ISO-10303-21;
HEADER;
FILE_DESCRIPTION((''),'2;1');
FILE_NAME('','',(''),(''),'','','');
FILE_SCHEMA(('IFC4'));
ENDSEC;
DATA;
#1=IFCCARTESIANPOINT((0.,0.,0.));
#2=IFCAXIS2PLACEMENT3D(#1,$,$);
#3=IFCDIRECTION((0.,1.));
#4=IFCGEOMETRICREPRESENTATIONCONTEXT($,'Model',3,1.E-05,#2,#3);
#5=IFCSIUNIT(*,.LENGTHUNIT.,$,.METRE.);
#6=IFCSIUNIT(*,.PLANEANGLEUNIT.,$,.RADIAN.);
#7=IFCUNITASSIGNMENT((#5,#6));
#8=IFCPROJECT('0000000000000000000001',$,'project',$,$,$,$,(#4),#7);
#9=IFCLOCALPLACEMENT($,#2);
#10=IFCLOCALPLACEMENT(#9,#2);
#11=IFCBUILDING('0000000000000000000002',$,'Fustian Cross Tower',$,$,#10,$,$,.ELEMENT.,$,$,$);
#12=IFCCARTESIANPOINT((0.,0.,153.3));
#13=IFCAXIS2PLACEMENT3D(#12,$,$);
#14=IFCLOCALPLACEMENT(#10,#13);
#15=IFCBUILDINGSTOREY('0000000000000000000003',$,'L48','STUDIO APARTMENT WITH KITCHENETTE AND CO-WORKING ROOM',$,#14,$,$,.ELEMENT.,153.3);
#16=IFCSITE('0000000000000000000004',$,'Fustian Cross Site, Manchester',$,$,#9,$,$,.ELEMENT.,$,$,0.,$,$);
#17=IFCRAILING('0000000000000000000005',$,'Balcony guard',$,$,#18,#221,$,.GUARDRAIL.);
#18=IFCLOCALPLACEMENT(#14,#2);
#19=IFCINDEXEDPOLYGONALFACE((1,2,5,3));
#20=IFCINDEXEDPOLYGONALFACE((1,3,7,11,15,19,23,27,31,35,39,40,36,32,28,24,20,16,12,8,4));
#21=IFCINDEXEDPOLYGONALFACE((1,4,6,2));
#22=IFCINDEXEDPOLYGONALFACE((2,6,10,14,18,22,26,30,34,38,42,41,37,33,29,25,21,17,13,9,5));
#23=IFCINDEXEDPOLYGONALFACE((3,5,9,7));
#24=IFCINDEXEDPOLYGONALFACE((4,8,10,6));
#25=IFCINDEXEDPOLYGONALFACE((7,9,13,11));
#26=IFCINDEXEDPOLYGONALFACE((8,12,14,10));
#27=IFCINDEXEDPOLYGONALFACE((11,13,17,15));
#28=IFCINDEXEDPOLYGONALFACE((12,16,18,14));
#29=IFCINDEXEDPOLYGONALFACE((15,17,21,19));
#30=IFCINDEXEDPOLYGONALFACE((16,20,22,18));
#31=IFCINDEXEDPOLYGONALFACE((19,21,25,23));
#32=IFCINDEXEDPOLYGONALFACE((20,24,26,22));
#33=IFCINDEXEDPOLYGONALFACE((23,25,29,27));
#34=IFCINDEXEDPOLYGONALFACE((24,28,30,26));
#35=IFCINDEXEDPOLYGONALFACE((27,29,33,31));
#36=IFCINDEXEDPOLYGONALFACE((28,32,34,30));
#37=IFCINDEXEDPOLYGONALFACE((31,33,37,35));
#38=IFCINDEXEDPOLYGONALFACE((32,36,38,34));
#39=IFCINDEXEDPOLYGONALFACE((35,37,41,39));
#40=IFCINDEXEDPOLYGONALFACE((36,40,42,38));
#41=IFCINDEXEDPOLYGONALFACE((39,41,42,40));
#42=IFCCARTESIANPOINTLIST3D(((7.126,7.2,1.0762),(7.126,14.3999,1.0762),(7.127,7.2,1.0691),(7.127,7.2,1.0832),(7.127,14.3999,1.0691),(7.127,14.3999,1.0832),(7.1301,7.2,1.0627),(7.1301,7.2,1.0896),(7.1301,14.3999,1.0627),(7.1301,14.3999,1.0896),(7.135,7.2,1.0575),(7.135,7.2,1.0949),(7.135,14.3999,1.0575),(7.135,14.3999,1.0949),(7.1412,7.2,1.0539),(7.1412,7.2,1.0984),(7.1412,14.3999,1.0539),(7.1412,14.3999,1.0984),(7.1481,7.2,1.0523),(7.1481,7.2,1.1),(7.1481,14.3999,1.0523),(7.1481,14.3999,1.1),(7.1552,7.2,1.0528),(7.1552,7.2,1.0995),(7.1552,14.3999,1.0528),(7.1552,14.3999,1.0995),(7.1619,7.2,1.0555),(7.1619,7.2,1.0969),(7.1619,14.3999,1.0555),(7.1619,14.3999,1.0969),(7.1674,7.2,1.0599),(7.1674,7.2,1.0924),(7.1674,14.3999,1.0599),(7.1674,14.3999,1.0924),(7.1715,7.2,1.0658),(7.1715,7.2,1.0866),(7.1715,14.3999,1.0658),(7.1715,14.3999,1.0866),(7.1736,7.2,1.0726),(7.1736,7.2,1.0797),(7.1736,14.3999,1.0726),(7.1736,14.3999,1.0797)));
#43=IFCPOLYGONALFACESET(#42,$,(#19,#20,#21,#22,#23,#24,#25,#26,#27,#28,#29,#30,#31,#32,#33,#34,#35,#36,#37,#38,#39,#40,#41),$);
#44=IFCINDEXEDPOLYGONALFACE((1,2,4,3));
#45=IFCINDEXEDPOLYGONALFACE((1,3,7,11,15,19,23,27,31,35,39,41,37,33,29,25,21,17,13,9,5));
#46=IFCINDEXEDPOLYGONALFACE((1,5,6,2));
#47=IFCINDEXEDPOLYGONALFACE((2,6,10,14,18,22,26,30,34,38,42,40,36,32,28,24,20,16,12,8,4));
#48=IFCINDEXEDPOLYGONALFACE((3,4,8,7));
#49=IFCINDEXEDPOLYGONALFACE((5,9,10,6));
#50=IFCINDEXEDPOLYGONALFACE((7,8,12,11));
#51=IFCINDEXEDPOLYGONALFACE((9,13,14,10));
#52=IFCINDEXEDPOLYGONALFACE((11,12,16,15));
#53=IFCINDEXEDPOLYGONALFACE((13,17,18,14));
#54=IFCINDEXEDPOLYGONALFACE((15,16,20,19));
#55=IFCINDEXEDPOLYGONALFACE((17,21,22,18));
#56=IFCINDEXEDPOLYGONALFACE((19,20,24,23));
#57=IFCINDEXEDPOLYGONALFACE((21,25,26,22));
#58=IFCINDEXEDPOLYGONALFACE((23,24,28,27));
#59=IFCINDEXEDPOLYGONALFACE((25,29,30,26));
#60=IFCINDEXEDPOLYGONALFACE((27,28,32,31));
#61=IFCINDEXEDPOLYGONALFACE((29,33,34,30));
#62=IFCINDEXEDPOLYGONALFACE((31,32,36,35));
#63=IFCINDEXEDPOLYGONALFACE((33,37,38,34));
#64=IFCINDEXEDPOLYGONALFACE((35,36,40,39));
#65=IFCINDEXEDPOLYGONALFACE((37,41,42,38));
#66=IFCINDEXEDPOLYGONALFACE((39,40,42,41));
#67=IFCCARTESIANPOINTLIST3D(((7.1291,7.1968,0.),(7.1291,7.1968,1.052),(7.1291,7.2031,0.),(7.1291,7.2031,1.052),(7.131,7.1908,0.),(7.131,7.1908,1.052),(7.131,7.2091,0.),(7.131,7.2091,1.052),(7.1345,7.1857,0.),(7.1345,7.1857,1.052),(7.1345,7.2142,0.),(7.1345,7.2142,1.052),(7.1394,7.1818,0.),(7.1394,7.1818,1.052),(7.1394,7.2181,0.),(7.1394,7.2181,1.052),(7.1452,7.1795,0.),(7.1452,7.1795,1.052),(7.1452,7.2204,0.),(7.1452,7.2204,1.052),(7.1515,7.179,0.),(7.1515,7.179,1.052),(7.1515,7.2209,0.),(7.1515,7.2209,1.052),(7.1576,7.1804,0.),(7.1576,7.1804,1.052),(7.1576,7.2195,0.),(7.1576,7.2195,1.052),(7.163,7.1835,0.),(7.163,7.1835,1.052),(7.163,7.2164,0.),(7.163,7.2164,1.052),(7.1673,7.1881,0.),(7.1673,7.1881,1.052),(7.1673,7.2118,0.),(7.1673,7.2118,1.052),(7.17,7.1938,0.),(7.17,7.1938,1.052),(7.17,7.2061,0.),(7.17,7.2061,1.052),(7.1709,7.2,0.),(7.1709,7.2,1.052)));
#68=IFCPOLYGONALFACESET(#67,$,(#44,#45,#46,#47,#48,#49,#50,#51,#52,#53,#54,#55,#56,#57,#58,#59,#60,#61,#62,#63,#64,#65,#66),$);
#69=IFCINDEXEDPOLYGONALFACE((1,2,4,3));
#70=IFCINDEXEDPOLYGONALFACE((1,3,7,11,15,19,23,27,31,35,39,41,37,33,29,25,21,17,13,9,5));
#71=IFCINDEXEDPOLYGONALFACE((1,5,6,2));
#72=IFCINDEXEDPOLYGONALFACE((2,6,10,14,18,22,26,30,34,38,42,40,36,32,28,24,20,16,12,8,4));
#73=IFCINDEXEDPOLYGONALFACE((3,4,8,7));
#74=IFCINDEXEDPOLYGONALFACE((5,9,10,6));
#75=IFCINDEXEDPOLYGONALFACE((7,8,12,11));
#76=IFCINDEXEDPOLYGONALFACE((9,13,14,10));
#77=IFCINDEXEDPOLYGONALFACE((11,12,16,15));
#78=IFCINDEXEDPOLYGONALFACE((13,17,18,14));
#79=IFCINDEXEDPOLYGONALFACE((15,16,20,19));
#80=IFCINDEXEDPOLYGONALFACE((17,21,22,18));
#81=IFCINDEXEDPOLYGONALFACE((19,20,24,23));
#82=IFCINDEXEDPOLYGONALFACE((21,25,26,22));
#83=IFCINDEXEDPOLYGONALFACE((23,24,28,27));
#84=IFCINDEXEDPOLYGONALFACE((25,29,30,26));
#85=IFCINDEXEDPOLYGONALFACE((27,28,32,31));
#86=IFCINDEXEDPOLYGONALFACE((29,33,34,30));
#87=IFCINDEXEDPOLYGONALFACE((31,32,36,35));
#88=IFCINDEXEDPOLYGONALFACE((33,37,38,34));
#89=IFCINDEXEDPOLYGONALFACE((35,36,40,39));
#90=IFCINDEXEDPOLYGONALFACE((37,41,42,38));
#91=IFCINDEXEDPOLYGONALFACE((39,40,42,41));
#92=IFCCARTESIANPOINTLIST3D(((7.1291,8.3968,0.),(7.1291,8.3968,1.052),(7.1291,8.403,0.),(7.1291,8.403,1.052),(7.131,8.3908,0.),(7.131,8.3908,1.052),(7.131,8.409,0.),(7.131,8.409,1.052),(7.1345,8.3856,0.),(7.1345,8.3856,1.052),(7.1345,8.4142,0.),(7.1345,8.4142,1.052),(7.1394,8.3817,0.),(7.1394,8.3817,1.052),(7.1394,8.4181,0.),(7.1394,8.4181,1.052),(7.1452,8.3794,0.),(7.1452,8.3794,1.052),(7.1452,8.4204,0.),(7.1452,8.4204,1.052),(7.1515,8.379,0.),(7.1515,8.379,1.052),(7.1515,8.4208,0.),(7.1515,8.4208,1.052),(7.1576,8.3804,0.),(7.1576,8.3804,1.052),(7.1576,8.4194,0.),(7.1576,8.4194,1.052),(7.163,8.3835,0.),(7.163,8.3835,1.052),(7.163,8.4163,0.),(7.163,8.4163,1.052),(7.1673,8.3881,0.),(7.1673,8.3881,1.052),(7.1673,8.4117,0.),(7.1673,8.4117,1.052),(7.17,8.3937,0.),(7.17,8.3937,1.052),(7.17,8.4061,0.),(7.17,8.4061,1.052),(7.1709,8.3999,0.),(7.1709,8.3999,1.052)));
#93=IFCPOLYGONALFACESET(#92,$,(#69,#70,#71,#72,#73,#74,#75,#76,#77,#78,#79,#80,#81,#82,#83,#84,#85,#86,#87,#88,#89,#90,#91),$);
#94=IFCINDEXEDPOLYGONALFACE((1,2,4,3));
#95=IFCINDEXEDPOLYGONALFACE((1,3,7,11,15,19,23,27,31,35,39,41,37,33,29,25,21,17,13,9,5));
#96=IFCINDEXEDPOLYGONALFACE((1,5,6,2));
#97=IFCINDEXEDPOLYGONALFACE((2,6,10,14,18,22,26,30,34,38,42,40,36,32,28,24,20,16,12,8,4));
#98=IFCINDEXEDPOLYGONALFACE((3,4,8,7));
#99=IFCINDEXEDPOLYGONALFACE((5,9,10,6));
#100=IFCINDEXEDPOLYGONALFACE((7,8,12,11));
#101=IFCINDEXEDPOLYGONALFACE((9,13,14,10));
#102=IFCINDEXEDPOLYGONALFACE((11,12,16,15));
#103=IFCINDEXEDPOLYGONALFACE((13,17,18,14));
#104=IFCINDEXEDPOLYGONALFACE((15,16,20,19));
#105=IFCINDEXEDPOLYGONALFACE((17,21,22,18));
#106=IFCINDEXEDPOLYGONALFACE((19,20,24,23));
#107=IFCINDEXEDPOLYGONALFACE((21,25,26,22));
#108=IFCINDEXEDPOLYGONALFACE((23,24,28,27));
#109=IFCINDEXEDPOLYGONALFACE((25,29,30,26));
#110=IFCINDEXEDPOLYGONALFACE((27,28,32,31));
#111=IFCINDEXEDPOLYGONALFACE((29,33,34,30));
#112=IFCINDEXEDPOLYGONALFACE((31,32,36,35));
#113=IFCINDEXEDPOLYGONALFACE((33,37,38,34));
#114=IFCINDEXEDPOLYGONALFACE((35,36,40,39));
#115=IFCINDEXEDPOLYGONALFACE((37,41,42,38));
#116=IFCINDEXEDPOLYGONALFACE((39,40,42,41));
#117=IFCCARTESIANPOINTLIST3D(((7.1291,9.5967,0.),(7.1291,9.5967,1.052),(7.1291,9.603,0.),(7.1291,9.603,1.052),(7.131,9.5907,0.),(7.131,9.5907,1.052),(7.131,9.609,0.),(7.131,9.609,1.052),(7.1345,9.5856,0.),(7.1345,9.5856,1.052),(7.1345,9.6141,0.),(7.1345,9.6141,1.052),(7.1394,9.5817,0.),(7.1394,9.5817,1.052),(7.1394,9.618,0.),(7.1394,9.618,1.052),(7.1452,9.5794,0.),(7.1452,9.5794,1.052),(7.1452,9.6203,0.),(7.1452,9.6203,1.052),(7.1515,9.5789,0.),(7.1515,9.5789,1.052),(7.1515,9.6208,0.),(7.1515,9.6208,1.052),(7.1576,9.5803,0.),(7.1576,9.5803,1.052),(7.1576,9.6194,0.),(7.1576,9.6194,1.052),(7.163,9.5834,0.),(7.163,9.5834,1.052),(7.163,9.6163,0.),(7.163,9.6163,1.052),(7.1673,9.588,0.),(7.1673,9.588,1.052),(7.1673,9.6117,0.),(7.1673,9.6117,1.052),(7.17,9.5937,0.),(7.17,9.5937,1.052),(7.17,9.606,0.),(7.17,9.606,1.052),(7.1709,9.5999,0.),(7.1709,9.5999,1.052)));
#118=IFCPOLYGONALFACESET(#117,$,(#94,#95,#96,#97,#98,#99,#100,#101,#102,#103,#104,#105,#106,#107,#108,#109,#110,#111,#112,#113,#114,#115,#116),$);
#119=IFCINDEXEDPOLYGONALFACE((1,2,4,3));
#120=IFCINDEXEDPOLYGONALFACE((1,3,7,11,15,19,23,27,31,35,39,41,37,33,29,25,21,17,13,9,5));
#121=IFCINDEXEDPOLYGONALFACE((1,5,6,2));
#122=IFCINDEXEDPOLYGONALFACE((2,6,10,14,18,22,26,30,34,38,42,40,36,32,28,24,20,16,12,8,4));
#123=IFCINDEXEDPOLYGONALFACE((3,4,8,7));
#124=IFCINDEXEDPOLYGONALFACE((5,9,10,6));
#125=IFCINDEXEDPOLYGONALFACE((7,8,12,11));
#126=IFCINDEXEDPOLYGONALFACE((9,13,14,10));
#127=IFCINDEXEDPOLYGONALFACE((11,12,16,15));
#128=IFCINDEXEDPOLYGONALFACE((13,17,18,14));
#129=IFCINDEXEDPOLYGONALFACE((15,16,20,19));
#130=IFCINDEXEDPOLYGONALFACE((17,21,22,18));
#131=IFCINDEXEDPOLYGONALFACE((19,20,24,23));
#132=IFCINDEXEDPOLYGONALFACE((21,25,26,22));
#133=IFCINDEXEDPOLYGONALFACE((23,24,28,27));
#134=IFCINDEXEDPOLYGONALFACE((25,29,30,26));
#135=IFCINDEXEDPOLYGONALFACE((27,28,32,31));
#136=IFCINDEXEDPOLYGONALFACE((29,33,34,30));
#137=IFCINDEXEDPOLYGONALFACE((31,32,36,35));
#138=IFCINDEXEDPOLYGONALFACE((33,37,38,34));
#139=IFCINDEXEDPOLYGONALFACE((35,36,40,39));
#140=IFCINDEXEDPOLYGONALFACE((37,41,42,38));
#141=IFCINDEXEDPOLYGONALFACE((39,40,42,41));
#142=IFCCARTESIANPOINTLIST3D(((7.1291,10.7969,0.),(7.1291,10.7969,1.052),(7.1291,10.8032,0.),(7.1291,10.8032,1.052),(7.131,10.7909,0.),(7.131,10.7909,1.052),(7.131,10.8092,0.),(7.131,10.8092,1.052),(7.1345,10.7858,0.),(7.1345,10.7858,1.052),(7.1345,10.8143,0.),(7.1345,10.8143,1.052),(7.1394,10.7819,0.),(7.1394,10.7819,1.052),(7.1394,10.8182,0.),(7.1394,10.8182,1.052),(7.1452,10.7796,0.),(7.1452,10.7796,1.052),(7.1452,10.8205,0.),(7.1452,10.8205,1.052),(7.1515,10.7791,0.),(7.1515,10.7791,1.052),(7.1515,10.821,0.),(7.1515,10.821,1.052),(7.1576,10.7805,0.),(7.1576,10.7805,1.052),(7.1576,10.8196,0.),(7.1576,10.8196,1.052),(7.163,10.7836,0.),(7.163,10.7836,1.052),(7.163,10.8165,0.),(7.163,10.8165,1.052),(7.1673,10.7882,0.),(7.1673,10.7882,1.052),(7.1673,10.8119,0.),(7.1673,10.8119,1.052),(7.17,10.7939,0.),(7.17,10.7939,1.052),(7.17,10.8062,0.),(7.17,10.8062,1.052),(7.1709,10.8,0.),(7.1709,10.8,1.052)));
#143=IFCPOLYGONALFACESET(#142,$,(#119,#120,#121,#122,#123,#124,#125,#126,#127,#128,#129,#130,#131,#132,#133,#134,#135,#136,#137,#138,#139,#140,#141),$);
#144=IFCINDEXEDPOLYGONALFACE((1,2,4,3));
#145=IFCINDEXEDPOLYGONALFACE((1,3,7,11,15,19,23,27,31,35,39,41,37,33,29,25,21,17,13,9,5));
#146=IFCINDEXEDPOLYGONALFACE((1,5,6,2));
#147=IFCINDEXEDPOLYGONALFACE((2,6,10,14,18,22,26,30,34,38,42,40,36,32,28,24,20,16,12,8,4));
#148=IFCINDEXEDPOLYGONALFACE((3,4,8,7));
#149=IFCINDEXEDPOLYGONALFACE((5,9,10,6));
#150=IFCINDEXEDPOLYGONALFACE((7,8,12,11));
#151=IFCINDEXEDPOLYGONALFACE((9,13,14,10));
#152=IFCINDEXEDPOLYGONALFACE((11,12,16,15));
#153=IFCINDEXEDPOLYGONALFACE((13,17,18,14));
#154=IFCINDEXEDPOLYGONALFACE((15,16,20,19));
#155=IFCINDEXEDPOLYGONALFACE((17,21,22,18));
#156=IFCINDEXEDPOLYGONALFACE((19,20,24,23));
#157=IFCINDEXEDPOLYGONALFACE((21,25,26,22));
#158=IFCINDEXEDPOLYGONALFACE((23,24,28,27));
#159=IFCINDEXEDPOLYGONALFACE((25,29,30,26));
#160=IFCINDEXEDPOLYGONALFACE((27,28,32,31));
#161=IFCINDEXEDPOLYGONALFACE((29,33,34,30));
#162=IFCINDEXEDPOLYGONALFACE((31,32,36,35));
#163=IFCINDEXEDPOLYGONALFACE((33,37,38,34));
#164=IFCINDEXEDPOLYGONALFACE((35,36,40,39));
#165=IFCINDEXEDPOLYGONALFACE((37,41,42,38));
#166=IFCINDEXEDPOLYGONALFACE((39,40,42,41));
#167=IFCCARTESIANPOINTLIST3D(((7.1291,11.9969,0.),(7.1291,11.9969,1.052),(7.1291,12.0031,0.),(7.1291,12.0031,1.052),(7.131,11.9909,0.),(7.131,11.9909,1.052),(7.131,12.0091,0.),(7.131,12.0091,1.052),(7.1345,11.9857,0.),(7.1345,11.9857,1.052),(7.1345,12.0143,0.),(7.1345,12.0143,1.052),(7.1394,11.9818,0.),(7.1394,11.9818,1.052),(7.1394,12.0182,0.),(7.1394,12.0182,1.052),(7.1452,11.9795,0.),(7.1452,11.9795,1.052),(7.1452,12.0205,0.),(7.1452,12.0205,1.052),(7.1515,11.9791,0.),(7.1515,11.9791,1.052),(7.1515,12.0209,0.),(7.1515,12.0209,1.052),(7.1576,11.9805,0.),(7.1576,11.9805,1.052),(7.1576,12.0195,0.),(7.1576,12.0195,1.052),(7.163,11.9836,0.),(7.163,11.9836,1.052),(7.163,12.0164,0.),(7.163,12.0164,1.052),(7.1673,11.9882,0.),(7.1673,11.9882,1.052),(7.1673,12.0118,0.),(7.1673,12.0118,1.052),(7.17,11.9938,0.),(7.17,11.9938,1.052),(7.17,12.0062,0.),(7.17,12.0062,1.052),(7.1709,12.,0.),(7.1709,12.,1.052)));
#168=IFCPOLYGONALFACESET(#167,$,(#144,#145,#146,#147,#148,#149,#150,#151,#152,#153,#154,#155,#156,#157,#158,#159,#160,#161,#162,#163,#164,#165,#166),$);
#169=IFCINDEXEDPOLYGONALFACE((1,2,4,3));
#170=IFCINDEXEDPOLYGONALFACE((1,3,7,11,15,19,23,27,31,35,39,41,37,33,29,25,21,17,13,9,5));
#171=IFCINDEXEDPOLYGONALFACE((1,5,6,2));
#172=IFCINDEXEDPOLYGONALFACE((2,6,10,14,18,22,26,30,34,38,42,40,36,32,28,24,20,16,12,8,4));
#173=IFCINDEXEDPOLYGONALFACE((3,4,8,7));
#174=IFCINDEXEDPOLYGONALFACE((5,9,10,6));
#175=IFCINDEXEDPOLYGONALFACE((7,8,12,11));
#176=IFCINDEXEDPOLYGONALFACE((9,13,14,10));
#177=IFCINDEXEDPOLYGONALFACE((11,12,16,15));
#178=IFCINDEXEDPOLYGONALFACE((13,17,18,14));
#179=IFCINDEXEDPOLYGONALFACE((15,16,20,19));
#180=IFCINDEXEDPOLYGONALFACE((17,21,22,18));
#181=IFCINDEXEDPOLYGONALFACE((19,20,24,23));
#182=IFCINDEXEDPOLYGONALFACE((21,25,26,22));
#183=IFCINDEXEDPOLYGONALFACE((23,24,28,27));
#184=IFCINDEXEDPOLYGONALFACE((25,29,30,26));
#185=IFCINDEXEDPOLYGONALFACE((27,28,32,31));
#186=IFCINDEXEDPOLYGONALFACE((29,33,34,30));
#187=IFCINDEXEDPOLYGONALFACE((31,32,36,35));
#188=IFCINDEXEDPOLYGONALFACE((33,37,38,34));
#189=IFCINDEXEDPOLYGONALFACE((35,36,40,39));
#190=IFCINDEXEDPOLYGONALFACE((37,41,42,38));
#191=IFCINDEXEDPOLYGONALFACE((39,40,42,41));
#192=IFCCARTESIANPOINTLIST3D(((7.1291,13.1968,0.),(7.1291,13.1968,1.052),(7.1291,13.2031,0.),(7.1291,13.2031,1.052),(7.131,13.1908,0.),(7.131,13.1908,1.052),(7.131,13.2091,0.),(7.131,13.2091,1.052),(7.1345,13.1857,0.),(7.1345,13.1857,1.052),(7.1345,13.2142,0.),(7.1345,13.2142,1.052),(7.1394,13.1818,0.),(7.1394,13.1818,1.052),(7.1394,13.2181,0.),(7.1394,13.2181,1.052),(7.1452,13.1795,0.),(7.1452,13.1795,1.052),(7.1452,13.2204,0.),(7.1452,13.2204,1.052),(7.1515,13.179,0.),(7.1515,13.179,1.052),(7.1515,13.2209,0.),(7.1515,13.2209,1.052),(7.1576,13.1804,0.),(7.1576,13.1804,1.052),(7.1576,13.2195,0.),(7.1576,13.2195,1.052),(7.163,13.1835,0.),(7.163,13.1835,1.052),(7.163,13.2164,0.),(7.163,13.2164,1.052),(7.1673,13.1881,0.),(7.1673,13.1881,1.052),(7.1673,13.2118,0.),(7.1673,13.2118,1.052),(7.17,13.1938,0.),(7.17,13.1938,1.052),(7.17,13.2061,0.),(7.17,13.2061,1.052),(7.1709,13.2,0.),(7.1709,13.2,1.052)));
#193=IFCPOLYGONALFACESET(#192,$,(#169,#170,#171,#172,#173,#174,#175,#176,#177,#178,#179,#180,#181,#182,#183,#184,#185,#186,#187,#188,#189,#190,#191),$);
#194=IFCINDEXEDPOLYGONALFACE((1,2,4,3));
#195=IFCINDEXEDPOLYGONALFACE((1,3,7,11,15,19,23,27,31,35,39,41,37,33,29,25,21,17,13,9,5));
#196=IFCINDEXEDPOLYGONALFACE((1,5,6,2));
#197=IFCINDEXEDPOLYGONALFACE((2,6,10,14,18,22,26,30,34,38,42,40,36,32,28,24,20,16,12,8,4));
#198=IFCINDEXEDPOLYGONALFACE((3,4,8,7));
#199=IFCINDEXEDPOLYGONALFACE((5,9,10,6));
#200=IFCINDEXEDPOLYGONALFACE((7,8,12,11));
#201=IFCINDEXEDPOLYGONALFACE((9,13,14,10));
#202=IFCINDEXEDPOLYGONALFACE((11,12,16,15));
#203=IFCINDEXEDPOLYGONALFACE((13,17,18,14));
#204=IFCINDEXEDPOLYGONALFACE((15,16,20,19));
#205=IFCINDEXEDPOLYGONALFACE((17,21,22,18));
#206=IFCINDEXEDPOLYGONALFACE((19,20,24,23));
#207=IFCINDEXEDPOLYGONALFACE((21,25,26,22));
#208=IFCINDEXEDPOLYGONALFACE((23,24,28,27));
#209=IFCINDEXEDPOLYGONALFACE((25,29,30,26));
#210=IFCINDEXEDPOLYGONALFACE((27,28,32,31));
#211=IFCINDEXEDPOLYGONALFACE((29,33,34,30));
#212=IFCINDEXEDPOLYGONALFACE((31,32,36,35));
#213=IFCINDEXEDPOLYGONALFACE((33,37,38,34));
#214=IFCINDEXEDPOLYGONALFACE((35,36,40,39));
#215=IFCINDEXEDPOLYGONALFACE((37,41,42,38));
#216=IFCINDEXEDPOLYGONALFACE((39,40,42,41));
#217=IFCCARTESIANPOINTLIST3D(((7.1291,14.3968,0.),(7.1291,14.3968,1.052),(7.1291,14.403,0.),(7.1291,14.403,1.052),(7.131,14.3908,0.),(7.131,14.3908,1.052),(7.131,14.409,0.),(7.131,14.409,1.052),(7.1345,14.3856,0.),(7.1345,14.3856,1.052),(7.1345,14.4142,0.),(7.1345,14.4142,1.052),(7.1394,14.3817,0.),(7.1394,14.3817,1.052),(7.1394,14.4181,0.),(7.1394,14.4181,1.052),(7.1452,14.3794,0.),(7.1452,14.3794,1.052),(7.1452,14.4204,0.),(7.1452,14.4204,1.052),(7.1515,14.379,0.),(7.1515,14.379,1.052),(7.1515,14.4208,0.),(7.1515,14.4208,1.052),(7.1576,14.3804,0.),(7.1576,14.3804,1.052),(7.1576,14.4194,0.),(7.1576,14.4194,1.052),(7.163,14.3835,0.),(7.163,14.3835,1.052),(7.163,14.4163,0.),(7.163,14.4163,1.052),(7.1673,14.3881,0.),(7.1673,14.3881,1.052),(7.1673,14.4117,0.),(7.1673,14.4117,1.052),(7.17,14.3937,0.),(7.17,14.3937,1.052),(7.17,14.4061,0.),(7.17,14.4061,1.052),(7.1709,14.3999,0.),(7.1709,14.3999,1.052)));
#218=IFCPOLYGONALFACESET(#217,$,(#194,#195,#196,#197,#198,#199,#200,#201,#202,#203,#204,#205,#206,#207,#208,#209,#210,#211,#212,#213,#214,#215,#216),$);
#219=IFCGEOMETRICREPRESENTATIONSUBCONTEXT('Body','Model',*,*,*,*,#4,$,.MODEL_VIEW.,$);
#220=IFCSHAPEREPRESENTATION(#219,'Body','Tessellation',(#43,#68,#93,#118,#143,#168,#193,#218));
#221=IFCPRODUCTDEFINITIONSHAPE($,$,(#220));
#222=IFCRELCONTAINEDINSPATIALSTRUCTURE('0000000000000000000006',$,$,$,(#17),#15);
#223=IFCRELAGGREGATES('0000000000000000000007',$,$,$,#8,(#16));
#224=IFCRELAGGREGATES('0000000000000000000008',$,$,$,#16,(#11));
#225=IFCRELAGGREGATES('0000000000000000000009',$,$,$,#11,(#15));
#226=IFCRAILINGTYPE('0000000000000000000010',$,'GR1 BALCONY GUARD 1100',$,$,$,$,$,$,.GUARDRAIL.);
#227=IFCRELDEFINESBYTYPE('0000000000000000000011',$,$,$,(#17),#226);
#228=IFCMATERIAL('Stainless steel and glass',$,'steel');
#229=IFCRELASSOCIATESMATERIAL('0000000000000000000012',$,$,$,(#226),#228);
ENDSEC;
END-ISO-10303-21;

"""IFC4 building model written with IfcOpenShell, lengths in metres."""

from ifc_helpers import new_model, si_unit, direction, frame, origin, origin_2d, place, context, subcontext, project, spatial, circle, extrude, material, type_object, element, save


model = new_model("IFC4")

# Units and contexts
model_context = context("Model", 3, precision=1e-05, world=origin(), true_north=direction((0.0, 1.0)))
body_context = subcontext(model_context, "Body", "Model", "MODEL_VIEW")
ifc_project = project(units=[si_unit("LENGTHUNIT", "METRE"), si_unit("PLANEANGLEUNIT", "RADIAN")], contexts=[model_context])

# Site, building, storey
site_placement = place(None, origin())
site = spatial("IfcSite", under=ifc_project, at=site_placement, Name="Fustian Cross Site, Manchester", CompositionType="ELEMENT", RefElevation=0.0)
building_placement = place(site_placement, origin())
building = spatial("IfcBuilding", under=site, at=building_placement, Name="Fustian Cross Tower", CompositionType="ELEMENT")
storey_placement = place(building_placement, frame((0.0, 0.0, 153.3)))
storey = spatial("IfcBuildingStorey", under=building, at=storey_placement, Name="L48", Description="STUDIO APARTMENT WITH KITCHENETTE AND CO-WORKING ROOM", CompositionType="ELEMENT", Elevation=153.3)

# Railing
ifc_material_1 = material(Name="Stainless steel and glass", Category="steel")
railing_type = type_object("IfcRailingType", Name="GR1 BALCONY GUARD 1100", PredefinedType="GUARDRAIL", material=ifc_material_1)
railing_placement = place(storey_placement, frame((7.1499, 7.2, 0.0)))
element("IfcRailing", 1, at=railing_placement, inside=storey, type_object=railing_type, Name="Balcony guard", PredefinedType="GUARDRAIL", context=body_context, shape_type="SweptSolid", body=[
    extrude(circle(Radius=0.0239, at=origin_2d()), frame((0.0, 0.0, 1.0762), z_axis=(0.0, 1.0, 0.0), x_axis=(-1.0, 0.0, 0.0)), (0.0, 0.0, 1.0), 7.2),
    extrude(circle(Radius=0.021, at=origin_2d()), origin(), (0.0, 0.0, 1.0), 1.052),
    extrude(circle(Radius=0.021, at=origin_2d()), frame((0.0, 1.2, 0.0)), (0.0, 0.0, 1.0), 1.052),
    extrude(circle(Radius=0.021, at=origin_2d()), frame((0.0, 2.3999, 0.0)), (0.0, 0.0, 1.0), 1.052),
    extrude(circle(Radius=0.021, at=origin_2d()), frame((0.0, 3.6001, 0.0)), (0.0, 0.0, 1.0), 1.052),
    extrude(circle(Radius=0.021, at=origin_2d()), frame((0.0, 4.8, 0.0)), (0.0, 0.0, 1.0), 1.052),
    extrude(circle(Radius=0.021, at=origin_2d()), frame((0.0, 6.0, 0.0)), (0.0, 0.0, 1.0), 1.052),
    extrude(circle(Radius=0.021, at=origin_2d()), frame((0.0, 7.2, 0.0)), (0.0, 0.0, 1.0), 1.052),
])

save(model, "model.ifc")
